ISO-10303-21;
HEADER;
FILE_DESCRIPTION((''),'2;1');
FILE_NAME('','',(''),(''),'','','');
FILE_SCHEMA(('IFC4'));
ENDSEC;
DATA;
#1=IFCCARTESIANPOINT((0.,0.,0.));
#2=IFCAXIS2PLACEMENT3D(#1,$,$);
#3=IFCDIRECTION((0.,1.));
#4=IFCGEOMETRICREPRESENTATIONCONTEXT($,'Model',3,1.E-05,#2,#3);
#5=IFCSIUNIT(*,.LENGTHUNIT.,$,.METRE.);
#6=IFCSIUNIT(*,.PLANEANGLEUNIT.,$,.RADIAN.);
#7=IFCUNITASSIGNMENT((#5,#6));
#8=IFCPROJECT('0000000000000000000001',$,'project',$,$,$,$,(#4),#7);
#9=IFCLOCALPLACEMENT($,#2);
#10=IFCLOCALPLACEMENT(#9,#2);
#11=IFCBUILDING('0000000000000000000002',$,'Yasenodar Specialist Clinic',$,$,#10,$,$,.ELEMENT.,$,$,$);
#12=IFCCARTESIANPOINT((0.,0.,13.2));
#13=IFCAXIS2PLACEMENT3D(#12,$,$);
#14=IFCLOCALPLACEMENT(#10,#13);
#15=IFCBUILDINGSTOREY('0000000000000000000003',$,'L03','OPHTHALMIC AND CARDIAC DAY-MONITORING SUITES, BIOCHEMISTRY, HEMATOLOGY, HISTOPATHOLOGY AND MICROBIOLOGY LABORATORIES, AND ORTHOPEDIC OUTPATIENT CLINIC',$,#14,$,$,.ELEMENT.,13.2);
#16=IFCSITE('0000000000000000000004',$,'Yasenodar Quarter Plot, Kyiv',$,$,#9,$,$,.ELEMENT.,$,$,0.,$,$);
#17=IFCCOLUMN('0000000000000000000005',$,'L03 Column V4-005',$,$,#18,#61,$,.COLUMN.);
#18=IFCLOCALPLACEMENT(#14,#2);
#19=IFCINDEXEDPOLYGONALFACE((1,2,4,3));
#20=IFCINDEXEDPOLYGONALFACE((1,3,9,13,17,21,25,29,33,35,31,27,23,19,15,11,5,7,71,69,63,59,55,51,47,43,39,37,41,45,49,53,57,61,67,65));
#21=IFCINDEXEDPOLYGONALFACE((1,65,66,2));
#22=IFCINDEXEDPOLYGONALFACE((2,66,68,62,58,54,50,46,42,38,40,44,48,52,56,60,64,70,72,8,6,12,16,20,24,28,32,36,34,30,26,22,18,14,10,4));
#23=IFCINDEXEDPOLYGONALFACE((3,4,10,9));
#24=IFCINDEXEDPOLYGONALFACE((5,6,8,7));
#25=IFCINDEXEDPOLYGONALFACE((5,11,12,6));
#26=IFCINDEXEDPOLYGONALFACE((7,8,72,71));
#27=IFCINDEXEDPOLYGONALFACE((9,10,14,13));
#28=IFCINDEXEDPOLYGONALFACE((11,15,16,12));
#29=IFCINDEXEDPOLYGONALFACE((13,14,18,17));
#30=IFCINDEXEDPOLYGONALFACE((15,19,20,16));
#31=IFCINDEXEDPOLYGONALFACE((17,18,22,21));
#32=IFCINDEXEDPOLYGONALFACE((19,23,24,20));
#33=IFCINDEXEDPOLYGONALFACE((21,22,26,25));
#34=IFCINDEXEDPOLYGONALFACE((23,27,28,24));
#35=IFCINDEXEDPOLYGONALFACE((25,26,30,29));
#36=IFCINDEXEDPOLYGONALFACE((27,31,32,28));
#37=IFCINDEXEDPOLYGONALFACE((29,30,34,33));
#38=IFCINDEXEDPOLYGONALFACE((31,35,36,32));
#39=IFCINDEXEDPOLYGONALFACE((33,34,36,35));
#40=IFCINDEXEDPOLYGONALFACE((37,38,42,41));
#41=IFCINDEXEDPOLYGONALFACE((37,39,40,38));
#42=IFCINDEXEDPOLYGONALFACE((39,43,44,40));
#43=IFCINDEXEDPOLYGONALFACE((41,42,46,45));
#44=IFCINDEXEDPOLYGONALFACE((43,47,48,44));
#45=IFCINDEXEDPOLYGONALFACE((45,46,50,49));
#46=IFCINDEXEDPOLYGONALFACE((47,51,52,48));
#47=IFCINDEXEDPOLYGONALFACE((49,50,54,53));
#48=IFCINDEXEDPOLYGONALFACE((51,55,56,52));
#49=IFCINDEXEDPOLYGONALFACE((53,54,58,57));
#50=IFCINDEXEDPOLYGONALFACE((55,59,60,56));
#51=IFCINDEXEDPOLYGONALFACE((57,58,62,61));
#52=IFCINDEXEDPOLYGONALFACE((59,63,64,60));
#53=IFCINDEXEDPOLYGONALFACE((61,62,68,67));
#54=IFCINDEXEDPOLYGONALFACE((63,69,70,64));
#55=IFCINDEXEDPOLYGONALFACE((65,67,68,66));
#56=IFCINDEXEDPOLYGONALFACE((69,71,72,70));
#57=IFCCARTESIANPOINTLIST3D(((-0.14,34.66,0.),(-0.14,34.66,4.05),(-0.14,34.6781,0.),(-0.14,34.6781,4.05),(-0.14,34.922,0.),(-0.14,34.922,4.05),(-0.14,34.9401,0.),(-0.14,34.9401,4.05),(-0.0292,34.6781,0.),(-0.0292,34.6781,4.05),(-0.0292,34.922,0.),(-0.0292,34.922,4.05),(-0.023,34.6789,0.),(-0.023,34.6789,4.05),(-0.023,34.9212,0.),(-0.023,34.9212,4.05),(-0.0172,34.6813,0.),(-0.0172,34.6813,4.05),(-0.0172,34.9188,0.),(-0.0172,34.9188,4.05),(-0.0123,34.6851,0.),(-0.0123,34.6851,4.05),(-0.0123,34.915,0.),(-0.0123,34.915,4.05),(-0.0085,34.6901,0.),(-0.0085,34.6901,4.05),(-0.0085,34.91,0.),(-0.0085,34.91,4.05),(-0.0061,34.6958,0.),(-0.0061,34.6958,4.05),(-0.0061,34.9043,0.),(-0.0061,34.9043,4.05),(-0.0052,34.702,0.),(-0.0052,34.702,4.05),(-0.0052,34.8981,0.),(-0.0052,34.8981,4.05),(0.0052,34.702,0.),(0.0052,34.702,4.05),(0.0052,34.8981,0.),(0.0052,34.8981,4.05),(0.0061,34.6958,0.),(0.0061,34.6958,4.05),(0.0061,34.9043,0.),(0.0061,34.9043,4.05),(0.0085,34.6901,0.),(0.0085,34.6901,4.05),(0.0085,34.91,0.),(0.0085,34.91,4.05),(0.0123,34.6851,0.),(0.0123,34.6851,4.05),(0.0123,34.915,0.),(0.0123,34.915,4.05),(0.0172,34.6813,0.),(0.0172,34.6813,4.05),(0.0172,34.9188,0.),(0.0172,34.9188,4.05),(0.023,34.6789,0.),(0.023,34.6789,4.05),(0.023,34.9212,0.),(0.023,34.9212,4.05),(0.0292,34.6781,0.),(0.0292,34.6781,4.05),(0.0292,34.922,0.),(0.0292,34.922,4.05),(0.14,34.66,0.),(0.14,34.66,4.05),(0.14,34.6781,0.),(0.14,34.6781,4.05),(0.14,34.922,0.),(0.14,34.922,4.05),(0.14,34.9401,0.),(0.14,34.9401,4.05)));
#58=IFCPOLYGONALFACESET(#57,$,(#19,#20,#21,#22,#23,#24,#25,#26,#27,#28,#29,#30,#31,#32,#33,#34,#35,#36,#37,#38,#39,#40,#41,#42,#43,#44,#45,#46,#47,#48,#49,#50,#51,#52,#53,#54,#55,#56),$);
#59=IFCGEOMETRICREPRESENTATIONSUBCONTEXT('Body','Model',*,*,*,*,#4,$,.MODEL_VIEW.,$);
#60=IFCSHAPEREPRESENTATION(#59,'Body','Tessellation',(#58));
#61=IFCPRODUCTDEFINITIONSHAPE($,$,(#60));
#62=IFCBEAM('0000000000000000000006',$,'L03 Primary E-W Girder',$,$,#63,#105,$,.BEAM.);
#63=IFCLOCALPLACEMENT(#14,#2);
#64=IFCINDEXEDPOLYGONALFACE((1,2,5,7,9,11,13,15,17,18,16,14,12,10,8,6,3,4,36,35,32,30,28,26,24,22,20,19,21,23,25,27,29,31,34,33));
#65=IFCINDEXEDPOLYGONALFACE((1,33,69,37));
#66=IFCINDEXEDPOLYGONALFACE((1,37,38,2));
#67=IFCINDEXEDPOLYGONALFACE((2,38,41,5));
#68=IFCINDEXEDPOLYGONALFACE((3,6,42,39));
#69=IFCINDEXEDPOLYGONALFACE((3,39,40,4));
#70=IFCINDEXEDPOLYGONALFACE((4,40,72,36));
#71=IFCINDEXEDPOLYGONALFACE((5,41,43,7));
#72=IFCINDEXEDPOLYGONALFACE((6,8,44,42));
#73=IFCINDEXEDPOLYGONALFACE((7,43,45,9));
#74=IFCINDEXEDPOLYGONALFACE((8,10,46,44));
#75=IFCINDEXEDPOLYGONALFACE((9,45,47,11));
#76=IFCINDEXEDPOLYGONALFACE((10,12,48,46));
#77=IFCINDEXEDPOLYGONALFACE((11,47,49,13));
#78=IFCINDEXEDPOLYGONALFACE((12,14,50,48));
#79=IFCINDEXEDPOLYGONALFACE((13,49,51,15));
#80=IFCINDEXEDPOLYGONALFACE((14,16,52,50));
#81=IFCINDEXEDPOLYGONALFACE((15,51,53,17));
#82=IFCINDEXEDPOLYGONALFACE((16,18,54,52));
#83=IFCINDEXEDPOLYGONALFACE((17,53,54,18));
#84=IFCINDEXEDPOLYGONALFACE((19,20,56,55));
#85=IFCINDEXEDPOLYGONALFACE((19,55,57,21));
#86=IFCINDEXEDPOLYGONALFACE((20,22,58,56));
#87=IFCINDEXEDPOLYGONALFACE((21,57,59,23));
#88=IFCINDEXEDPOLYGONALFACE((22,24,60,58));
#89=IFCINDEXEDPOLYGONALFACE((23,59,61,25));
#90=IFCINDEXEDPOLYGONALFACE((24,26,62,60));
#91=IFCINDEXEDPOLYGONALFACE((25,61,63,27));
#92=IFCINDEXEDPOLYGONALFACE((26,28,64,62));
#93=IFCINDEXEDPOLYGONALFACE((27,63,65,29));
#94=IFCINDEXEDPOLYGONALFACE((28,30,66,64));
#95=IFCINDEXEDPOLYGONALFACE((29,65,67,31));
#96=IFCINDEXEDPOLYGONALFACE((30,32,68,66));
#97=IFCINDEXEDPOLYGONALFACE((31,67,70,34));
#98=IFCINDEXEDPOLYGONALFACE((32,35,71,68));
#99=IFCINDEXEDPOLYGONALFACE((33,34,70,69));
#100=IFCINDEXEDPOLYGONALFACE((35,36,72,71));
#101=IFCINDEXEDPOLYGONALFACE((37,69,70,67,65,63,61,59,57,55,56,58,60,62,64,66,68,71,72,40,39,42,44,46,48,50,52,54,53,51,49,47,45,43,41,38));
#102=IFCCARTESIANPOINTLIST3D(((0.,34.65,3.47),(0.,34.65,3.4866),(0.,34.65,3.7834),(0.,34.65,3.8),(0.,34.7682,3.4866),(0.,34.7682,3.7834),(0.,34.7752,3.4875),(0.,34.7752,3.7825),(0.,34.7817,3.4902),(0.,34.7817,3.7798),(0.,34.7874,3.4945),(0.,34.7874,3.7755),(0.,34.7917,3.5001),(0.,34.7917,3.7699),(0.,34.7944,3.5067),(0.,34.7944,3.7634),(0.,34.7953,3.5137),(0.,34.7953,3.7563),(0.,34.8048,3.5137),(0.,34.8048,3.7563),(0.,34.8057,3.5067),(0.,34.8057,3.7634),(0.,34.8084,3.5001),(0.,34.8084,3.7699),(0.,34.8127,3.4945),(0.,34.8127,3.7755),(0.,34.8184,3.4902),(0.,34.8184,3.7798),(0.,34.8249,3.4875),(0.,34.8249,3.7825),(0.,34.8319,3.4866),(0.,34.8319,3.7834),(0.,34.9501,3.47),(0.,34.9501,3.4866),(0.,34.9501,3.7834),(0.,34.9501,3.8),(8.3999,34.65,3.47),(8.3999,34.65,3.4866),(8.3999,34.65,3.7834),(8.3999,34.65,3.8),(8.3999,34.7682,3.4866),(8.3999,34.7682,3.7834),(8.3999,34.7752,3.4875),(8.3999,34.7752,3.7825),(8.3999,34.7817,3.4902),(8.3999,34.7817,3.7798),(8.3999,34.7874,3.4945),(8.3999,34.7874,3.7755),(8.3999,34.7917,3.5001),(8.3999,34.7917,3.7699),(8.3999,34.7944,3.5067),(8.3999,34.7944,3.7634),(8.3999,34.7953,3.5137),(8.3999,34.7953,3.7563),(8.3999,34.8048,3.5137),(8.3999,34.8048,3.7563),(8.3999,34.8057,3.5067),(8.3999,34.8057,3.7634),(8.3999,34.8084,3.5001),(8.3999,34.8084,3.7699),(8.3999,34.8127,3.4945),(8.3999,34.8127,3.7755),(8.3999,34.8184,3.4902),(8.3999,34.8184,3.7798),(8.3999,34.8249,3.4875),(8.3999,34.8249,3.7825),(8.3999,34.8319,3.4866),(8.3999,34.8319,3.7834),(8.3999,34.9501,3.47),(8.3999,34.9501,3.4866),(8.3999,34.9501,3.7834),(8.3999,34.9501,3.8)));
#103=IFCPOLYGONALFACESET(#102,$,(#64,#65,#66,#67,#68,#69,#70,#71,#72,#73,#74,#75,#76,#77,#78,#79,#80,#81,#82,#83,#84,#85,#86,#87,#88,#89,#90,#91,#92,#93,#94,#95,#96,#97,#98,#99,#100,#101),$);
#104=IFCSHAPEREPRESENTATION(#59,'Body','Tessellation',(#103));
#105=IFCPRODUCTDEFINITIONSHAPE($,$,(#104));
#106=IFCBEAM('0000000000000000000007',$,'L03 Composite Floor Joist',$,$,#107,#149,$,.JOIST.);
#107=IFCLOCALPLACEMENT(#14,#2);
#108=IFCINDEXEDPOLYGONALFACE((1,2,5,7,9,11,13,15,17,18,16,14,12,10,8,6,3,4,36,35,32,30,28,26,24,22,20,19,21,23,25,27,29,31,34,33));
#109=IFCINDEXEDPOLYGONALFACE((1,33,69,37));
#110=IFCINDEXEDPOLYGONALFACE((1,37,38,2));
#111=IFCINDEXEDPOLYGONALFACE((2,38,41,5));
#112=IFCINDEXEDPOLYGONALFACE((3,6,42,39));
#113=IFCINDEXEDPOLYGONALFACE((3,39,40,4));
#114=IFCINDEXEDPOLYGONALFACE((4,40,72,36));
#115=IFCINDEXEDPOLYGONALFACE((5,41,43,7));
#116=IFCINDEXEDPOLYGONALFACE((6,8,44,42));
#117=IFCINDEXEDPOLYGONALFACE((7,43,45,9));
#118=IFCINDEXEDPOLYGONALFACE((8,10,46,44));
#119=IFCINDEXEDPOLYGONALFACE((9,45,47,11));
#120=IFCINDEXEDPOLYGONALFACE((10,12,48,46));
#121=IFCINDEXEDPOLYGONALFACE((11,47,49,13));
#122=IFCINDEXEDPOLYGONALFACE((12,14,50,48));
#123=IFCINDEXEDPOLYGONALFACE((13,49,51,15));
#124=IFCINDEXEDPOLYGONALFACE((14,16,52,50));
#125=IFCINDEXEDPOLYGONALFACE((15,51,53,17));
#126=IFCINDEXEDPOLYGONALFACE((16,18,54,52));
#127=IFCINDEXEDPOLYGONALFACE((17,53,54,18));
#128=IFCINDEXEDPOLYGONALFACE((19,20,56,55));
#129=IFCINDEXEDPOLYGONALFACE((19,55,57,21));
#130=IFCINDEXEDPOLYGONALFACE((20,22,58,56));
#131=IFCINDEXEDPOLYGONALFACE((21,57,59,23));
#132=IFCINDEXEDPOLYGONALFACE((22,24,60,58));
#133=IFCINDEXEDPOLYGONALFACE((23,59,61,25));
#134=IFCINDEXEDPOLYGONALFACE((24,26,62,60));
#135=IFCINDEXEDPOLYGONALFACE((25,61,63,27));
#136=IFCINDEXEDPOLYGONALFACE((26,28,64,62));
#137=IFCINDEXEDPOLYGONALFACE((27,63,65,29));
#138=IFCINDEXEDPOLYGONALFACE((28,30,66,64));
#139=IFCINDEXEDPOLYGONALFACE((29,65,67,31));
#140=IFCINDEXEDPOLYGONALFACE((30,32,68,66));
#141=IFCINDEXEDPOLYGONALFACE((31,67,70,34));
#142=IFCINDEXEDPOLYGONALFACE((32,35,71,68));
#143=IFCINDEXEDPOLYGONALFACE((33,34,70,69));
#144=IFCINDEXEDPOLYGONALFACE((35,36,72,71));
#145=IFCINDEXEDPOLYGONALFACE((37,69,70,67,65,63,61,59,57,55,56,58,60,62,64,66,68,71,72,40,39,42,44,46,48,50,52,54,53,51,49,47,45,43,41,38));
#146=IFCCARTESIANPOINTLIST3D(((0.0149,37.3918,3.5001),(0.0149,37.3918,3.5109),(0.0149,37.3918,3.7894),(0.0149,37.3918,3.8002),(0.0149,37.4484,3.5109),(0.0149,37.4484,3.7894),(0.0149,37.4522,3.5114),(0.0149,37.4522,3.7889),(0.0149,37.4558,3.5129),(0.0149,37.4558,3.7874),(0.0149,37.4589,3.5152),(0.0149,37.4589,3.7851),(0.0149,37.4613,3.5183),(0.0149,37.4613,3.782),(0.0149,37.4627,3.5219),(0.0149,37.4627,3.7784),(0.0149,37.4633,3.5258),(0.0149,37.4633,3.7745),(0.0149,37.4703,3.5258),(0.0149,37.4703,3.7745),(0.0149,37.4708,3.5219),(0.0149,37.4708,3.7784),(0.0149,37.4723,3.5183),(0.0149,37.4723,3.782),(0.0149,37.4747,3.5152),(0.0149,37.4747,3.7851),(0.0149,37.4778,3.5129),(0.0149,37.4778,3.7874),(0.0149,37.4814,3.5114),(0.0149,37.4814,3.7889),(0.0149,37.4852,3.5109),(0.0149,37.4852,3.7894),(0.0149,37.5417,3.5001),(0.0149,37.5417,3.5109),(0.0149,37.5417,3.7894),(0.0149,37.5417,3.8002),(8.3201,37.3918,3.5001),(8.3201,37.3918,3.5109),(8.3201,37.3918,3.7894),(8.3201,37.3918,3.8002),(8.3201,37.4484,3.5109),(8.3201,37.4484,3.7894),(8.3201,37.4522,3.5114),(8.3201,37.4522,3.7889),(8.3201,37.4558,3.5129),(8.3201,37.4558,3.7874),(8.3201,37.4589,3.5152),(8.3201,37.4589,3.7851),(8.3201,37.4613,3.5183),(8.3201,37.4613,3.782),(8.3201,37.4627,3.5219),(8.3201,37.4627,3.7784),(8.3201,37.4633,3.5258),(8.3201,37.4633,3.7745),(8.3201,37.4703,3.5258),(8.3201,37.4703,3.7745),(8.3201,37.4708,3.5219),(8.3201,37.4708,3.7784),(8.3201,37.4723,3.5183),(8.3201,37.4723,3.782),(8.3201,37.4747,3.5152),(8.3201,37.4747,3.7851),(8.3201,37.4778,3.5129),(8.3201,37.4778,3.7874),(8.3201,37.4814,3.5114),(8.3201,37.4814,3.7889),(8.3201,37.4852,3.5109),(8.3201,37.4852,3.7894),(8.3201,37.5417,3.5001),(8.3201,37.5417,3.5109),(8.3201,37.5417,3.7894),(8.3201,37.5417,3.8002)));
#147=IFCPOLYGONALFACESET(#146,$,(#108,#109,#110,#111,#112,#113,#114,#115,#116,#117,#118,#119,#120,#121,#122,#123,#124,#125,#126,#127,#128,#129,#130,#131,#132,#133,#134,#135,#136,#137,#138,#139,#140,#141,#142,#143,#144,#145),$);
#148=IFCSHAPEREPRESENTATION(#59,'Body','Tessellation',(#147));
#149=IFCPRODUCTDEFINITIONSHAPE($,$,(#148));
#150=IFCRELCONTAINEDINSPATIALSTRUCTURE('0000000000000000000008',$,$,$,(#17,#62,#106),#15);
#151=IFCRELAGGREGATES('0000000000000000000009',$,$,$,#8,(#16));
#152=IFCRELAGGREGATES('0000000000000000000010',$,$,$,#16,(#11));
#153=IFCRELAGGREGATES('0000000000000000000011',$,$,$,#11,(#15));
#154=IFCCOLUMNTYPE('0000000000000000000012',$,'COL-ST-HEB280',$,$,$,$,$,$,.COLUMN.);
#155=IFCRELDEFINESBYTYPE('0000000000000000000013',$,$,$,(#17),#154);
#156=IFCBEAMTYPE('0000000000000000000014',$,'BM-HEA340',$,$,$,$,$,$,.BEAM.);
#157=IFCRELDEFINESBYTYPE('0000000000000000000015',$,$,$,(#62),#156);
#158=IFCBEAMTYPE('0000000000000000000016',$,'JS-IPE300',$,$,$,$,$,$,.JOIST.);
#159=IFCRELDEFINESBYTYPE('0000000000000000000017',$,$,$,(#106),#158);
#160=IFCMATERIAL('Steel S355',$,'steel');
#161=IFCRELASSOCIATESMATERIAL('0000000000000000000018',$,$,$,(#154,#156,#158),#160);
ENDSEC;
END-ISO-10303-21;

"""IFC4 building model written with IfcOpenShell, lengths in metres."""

from ifc_helpers import new_model, si_unit, direction, frame, origin, origin_2d, place, context, subcontext, project, spatial, i_section, extrude, material, material_profile, profile_set, type_object, element, save


model = new_model("IFC4")

# Units and contexts
model_context = context("Model", 3, precision=1e-05, world=origin(), true_north=direction((0.0, 1.0)))
body_context = subcontext(model_context, "Body", "Model", "MODEL_VIEW")
ifc_project = project(units=[si_unit("LENGTHUNIT", "METRE"), si_unit("PLANEANGLEUNIT", "RADIAN")], contexts=[model_context])

# Site, building, storey
site_placement = place(None, origin())
site = spatial("IfcSite", under=ifc_project, at=site_placement, Name="Yasenodar Quarter Plot, Kyiv", CompositionType="ELEMENT", RefElevation=0.0)
building_placement = place(site_placement, origin())
building = spatial("IfcBuilding", under=site, at=building_placement, Name="Yasenodar Specialist Clinic", CompositionType="ELEMENT")
storey_placement = place(building_placement, frame((0.0, 0.0, 13.2)))
storey = spatial("IfcBuildingStorey", under=building, at=storey_placement, Name="L03", Description="OPHTHALMIC AND CARDIAC DAY-MONITORING SUITES, BIOCHEMISTRY, HEMATOLOGY, HISTOPATHOLOGY AND MICROBIOLOGY LABORATORIES, AND ORTHOPEDIC OUTPATIENT CLINIC", CompositionType="ELEMENT", Elevation=13.2)

# Column
ifc_material_1 = material(Name="Steel S355", Category="steel")
ifc_material_profile_1 = material_profile(ifc_material_1, i_section(OverallWidth=0.28, OverallDepth=0.28, WebThickness=0.0105, FlangeThickness=0.0181, FilletRadius=0.0239, at=origin_2d()), Name="HEB 280")
ifc_profile_set_1 = profile_set([ifc_material_profile_1], Name="Steel S355")
column_type = type_object("IfcColumnType", Name="COL-ST-HEB280", PredefinedType="COLUMN", material=ifc_profile_set_1)
column_placement = place(storey_placement, frame((0.0, 34.8, 0.0), z_axis=(0.0, 0.0, 1.0), x_axis=(1.0, 0.0, 0.0)))
element("IfcColumn", 1, at=column_placement, inside=storey, type_object=column_type, Name="L03 Column V4-005", PredefinedType="COLUMN", context=body_context, shape_type="SweptSolid", body=[
    extrude(i_section(OverallWidth=0.28, OverallDepth=0.28, WebThickness=0.0105, FlangeThickness=0.0181, FilletRadius=0.0239, at=origin_2d()), origin(), (0.0, 0.0, 1.0), 4.05),
])

# Beams
ifc_material_profile_2 = material_profile(ifc_material_1, i_section(OverallWidth=0.3, OverallDepth=0.3301, WebThickness=0.0095, FlangeThickness=0.0166, FilletRadius=0.0271, at=origin_2d()), Name="HEA 340")
ifc_profile_set_2 = profile_set([ifc_material_profile_2], Name="Steel S355")
beam_type_1 = type_object("IfcBeamType", Name="BM-HEA340", PredefinedType="BEAM", material=ifc_profile_set_2)
beam_1_placement = place(storey_placement, frame((0.0, 34.8, 3.635), z_axis=(1.0, 0.0, 0.0), x_axis=(0.0, 1.0, 0.0)))
element("IfcBeam", 2, at=beam_1_placement, inside=storey, type_object=beam_type_1, Name="L03 Primary E-W Girder", PredefinedType="BEAM", context=body_context, shape_type="SweptSolid", body=[
    extrude(i_section(OverallWidth=0.3, OverallDepth=0.3301, WebThickness=0.0095, FlangeThickness=0.0166, FilletRadius=0.0271, at=origin_2d()), origin(), (0.0, 0.0, 1.0), 8.3999),
])
ifc_material_profile_3 = material_profile(ifc_material_1, i_section(OverallWidth=0.1499, OverallDepth=0.3, WebThickness=0.0071, FlangeThickness=0.0107, FilletRadius=0.0149, at=origin_2d()), Name="IPE 300")
ifc_profile_set_3 = profile_set([ifc_material_profile_3], Name="Steel S355")
beam_type_2 = type_object("IfcBeamType", Name="JS-IPE300", PredefinedType="JOIST", material=ifc_profile_set_3)
beam_2_placement = place(storey_placement, frame((0.0149, 37.4668, 3.6501), z_axis=(1.0, 0.0, 0.0), x_axis=(0.0, 1.0, 0.0)))
element("IfcBeam", 3, at=beam_2_placement, inside=storey, type_object=beam_type_2, Name="L03 Composite Floor Joist", PredefinedType="JOIST", context=body_context, shape_type="SweptSolid", body=[
    extrude(i_section(OverallWidth=0.1499, OverallDepth=0.3, WebThickness=0.0071, FlangeThickness=0.0107, FilletRadius=0.0149, at=origin_2d()), origin(), (0.0, 0.0, 1.0), 8.3052),
])

save(model, "model.ifc")
